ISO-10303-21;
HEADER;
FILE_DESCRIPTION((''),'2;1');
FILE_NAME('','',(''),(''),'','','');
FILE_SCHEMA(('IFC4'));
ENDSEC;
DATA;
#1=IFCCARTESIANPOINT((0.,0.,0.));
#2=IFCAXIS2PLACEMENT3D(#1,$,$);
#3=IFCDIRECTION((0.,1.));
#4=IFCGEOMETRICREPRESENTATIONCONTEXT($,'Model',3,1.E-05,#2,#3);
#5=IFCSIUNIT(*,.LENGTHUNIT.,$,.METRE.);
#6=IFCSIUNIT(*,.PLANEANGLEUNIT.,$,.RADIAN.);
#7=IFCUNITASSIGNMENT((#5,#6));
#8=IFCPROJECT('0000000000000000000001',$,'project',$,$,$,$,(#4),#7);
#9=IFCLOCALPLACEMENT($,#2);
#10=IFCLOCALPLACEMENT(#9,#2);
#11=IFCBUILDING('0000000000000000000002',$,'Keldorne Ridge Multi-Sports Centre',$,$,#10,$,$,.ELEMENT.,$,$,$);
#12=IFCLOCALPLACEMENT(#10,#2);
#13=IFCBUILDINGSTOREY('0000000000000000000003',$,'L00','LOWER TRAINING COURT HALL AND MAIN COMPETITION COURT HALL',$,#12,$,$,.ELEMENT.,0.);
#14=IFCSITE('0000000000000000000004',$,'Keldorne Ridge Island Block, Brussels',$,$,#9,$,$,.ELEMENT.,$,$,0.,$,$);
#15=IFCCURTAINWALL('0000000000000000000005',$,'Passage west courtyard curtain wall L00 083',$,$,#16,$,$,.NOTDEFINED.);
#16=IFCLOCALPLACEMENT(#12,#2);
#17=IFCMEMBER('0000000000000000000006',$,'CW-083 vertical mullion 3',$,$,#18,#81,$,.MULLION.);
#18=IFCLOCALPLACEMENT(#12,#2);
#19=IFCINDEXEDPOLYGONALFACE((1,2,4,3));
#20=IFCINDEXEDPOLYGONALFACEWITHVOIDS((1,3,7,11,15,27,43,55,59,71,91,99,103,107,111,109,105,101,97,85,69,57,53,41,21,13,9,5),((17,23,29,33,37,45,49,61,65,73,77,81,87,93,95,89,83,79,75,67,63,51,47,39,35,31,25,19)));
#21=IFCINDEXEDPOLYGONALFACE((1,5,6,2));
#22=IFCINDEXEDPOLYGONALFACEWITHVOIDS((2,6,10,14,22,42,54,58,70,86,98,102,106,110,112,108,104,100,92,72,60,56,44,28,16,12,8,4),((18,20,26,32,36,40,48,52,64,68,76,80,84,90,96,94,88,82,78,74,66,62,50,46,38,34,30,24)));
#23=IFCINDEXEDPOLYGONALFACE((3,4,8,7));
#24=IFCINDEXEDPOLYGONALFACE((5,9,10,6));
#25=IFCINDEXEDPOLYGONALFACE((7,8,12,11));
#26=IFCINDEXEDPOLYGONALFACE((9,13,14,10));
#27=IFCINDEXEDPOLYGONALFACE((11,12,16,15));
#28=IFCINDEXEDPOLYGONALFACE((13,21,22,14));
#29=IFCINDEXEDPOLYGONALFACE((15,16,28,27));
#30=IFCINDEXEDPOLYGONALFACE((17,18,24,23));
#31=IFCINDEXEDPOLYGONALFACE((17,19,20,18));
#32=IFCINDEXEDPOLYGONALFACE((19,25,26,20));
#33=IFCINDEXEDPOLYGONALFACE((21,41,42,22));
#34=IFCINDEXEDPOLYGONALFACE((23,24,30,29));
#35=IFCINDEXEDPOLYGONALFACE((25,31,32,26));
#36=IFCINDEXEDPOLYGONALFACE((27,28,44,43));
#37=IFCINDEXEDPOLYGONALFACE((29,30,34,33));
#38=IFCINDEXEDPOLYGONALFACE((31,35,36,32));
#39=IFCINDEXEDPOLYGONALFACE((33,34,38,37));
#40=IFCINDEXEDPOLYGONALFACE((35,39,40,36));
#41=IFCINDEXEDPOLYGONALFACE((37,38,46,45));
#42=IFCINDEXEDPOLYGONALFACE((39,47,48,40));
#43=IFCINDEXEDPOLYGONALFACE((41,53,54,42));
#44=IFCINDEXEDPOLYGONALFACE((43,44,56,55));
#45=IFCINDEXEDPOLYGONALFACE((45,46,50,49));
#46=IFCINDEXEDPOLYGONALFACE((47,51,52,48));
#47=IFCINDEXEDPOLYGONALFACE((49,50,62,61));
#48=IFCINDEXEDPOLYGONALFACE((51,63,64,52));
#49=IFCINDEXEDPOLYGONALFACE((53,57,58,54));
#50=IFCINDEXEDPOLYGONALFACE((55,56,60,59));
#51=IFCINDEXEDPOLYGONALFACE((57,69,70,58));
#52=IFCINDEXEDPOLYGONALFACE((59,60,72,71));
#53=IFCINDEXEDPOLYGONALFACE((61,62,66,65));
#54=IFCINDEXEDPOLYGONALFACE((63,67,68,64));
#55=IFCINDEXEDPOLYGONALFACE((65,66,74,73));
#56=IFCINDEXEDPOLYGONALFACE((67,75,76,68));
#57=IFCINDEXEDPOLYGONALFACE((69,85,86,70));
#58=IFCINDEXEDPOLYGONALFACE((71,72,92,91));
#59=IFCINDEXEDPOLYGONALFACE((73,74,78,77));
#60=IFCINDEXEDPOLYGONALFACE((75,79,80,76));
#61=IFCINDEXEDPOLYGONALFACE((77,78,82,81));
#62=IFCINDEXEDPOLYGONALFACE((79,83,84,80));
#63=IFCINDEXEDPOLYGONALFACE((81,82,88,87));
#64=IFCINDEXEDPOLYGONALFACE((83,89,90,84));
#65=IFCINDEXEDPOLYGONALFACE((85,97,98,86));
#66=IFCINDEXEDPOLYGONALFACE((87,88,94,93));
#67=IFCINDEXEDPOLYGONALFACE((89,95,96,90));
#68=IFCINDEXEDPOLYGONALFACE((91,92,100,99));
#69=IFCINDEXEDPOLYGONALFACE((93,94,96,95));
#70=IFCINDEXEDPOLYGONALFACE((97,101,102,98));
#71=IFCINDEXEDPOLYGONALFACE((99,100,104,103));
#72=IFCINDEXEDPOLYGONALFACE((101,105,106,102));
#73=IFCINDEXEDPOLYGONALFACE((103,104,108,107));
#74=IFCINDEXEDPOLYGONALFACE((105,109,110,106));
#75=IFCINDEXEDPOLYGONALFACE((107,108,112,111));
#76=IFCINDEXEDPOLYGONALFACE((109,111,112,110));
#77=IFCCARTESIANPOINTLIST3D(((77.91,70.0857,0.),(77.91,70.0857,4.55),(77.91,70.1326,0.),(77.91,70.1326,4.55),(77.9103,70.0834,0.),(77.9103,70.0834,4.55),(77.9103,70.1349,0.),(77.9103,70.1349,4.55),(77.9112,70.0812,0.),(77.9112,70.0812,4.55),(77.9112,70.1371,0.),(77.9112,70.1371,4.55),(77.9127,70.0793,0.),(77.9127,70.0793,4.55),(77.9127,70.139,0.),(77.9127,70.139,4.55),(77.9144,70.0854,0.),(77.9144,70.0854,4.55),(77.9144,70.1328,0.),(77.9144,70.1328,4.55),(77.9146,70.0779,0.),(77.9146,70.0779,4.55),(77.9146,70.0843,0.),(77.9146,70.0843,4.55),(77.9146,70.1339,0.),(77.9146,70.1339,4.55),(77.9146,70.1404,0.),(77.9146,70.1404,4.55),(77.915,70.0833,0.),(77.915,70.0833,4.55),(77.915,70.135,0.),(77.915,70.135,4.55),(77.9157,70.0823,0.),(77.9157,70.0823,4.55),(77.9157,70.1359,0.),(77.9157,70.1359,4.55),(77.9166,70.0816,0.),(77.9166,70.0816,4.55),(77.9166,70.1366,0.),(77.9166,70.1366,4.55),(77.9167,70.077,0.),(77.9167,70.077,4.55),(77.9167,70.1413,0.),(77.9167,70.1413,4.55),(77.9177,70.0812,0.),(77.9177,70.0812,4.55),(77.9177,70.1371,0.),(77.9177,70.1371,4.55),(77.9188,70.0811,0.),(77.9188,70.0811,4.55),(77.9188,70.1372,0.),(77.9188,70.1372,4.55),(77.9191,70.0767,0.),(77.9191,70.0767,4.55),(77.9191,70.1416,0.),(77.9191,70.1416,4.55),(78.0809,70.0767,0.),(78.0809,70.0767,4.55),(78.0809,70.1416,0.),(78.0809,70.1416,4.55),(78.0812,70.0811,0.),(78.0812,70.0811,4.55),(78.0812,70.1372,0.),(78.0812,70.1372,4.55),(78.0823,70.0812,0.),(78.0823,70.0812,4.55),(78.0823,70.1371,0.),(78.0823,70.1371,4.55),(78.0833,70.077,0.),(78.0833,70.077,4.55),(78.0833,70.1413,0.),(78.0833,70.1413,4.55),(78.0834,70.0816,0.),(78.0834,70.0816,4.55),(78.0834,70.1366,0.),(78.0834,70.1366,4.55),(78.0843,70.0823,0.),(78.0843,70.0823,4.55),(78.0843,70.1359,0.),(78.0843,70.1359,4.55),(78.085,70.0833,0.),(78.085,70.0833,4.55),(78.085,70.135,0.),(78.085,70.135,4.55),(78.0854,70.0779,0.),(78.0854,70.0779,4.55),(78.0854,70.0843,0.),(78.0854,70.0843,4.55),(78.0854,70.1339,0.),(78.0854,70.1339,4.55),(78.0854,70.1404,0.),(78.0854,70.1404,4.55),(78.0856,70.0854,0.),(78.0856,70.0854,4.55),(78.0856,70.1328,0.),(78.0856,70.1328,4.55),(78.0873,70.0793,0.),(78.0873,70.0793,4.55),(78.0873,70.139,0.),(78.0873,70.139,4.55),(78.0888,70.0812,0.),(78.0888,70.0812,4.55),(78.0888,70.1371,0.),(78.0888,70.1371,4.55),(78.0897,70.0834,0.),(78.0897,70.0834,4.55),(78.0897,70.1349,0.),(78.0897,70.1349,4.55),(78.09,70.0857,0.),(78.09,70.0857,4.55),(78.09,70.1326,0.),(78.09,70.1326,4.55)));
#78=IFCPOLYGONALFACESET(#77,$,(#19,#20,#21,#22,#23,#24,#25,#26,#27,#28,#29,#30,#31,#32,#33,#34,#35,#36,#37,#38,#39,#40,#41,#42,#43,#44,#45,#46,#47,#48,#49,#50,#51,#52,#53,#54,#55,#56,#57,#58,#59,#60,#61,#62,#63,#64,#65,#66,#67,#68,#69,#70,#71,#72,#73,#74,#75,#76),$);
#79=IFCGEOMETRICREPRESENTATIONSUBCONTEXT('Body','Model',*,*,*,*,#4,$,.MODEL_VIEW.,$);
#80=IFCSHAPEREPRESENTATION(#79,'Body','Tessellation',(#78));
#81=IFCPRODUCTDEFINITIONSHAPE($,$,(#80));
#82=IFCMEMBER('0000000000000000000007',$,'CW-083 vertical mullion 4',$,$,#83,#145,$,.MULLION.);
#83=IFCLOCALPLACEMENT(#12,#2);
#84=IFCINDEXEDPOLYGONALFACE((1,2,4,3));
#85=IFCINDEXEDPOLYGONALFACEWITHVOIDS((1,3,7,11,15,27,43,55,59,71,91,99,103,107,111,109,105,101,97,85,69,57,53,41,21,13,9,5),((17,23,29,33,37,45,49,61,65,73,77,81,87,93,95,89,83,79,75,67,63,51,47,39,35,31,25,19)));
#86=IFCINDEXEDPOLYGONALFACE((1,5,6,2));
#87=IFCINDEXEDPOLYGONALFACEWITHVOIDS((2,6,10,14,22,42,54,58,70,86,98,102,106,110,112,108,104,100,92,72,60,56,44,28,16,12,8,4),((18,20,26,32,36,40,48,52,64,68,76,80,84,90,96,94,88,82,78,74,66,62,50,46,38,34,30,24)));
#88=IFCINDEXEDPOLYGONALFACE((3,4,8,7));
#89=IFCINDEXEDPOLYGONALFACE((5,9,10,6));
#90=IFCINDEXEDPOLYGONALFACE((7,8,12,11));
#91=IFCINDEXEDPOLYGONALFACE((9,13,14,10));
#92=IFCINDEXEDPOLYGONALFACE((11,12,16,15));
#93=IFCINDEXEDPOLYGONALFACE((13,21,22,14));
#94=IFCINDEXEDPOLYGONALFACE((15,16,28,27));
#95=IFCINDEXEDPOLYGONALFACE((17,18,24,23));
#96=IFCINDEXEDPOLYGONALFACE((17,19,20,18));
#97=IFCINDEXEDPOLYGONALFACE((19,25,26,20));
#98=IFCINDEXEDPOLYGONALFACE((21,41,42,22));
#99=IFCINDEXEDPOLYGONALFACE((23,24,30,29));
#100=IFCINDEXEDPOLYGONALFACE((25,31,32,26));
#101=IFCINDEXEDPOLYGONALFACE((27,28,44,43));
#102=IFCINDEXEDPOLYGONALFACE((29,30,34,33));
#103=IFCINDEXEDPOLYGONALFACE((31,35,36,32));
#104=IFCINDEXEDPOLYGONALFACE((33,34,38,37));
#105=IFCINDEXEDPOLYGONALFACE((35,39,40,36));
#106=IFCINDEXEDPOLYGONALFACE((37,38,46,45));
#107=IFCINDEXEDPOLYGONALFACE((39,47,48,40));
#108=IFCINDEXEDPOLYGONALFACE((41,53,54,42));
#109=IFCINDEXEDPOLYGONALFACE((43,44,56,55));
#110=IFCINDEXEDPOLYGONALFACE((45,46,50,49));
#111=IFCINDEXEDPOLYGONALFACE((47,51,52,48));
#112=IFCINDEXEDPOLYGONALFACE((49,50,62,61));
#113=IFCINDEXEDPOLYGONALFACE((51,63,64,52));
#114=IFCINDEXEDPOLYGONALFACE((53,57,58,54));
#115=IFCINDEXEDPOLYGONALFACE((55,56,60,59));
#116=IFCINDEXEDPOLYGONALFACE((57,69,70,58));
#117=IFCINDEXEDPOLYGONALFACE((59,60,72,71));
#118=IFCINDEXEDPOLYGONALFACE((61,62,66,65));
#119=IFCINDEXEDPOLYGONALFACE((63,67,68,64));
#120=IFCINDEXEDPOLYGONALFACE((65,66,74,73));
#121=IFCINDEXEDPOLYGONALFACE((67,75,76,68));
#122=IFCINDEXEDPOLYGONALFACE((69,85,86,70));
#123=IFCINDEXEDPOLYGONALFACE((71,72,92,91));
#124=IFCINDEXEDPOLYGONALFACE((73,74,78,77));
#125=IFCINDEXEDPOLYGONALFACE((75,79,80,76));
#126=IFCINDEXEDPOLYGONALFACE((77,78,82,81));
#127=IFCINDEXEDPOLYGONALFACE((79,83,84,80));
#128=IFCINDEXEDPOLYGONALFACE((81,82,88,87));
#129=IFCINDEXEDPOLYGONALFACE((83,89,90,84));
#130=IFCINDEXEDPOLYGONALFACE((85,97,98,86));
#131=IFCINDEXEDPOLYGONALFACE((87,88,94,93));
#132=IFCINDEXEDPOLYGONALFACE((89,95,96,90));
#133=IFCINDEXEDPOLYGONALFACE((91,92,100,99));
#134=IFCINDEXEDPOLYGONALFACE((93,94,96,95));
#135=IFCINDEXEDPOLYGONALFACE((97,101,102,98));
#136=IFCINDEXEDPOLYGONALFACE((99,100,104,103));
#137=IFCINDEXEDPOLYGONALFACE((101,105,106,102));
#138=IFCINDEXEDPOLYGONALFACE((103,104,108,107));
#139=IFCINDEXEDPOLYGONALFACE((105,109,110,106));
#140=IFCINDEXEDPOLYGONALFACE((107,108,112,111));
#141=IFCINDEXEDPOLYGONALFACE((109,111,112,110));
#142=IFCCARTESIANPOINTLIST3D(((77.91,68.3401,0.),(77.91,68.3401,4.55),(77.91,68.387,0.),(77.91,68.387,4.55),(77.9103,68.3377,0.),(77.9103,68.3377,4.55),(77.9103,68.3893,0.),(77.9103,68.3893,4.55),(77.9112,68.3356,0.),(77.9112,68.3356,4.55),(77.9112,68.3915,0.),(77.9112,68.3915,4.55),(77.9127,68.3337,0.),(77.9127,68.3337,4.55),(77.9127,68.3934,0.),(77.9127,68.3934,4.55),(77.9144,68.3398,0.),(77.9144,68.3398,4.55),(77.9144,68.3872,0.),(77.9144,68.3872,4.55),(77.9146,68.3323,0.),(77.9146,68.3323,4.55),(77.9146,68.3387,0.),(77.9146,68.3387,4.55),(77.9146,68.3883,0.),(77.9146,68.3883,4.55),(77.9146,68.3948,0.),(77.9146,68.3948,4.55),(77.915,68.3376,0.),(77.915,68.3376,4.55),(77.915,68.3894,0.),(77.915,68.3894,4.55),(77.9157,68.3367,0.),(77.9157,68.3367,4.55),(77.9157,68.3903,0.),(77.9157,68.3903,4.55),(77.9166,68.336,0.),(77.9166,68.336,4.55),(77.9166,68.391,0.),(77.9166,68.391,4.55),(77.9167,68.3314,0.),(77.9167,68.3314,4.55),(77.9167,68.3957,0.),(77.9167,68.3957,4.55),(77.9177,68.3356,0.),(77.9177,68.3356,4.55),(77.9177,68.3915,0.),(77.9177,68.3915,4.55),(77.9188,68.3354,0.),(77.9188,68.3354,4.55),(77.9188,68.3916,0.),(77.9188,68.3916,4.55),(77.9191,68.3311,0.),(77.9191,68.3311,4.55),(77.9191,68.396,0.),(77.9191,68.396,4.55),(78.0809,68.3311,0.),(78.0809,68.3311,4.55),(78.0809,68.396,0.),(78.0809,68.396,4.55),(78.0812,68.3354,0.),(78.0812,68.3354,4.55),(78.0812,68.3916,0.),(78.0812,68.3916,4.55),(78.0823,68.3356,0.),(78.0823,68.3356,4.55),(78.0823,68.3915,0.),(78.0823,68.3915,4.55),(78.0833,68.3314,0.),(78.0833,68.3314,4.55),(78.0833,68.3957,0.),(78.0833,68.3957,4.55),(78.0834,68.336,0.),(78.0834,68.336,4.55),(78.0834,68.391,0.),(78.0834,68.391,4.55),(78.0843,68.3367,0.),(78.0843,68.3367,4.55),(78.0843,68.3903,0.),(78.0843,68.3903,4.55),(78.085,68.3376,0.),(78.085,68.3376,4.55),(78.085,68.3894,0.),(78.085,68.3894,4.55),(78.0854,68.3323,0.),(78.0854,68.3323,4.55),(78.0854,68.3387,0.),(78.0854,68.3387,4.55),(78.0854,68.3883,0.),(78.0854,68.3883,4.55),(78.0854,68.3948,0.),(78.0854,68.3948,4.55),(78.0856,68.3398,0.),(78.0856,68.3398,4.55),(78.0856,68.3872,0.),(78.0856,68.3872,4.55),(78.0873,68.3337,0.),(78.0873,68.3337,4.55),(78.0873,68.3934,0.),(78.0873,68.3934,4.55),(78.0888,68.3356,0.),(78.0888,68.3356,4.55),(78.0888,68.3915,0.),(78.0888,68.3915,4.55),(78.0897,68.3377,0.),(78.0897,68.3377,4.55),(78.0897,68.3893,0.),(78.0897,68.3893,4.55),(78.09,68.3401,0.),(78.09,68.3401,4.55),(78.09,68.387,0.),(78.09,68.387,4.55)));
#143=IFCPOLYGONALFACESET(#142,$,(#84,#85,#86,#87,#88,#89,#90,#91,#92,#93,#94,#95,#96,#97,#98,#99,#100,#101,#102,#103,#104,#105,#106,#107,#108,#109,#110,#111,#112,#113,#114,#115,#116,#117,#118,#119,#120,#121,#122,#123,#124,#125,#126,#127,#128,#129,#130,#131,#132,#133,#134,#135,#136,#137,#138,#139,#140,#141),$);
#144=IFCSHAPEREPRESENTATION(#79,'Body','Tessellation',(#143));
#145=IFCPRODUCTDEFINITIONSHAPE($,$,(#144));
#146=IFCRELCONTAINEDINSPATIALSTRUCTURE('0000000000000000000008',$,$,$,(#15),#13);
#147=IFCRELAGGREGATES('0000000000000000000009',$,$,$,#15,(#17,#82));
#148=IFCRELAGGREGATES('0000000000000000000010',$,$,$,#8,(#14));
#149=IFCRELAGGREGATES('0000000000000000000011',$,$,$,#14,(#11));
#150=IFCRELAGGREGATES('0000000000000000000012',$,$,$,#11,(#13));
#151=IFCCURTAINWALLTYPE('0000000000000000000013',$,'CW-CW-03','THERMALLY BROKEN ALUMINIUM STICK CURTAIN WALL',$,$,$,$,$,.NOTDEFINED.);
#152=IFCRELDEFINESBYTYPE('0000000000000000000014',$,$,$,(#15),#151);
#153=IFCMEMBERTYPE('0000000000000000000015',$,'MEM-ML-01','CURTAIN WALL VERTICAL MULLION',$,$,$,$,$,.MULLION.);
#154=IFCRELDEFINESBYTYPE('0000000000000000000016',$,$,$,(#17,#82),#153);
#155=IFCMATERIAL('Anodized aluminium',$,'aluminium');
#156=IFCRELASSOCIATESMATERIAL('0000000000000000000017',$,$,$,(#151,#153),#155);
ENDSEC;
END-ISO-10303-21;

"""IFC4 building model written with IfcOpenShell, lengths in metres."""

from ifc_helpers import new_model, si_unit, direction, frame, origin, origin_2d, place, context, subcontext, project, spatial, hollow_rectangle, extrude, material, material_profile, profile_set, type_object, element, aggregate, save


model = new_model("IFC4")

# Units and contexts
model_context = context("Model", 3, precision=1e-05, world=origin(), true_north=direction((0.0, 1.0)))
body_context = subcontext(model_context, "Body", "Model", "MODEL_VIEW")
ifc_project = project(units=[si_unit("LENGTHUNIT", "METRE"), si_unit("PLANEANGLEUNIT", "RADIAN")], contexts=[model_context])

# Site, building, storey
site_placement = place(None, origin())
site = spatial("IfcSite", under=ifc_project, at=site_placement, Name="Keldorne Ridge Island Block, Brussels", CompositionType="ELEMENT", RefElevation=0.0)
building_placement = place(site_placement, origin())
building = spatial("IfcBuilding", under=site, at=building_placement, Name="Keldorne Ridge Multi-Sports Centre", CompositionType="ELEMENT")
storey_placement = place(building_placement, origin())
storey = spatial("IfcBuildingStorey", under=building, at=storey_placement, Name="L00", Description="LOWER TRAINING COURT HALL AND MAIN COMPETITION COURT HALL", CompositionType="ELEMENT", Elevation=0.0)

# Curtain wall, members
ifc_material_1 = material(Name="Anodized aluminium", Category="aluminium")
curtain_wall_type = type_object("IfcCurtainWallType", Name="CW-CW-03", Description="THERMALLY BROKEN ALUMINIUM STICK CURTAIN WALL", PredefinedType="NOTDEFINED", material=ifc_material_1)
curtain_wall_placement = place(storey_placement, origin())
curtain_wall = element("IfcCurtainWall", 1, at=curtain_wall_placement, inside=storey, type_object=curtain_wall_type, Name="Passage west courtyard curtain wall L00 083", PredefinedType="NOTDEFINED")
ifc_material_profile_1 = material_profile(ifc_material_1, hollow_rectangle(XDim=0.0649, YDim=0.1799, WallThickness=0.0044, InnerFilletRadius=0.0044, OuterFilletRadius=0.009, at=origin_2d()), Name="ALU MULLION 180x65x4.5")
ifc_profile_set_1 = profile_set([ifc_material_profile_1], Name="Anodized aluminium")
member_type_1 = type_object("IfcMemberType", Name="MEM-ML-01", Description="CURTAIN WALL VERTICAL MULLION", PredefinedType="MULLION", material=ifc_profile_set_1)
member_1_placement = place(storey_placement, frame((78.0, 70.1091, 0.0), z_axis=(0.0, 0.0, 1.0), x_axis=(0.0, 1.0, 0.0)))
member_1 = element("IfcMember", 2, at=member_1_placement, type_object=member_type_1, Name="CW-083 vertical mullion 3", PredefinedType="MULLION", context=body_context, shape_type="SweptSolid", body=[
    extrude(hollow_rectangle(XDim=0.0649, YDim=0.1799, WallThickness=0.0044, InnerFilletRadius=0.0044, OuterFilletRadius=0.009, at=origin_2d()), origin(), (0.0, 0.0, 1.0), 4.55),
])
member_2_placement = place(storey_placement, frame((78.0, 68.3635, 0.0), z_axis=(0.0, 0.0, 1.0), x_axis=(0.0, 1.0, 0.0)))
member_2 = element("IfcMember", 3, at=member_2_placement, type_object=member_type_1, Name="CW-083 vertical mullion 4", PredefinedType="MULLION", context=body_context, shape_type="SweptSolid", body=[
    extrude(hollow_rectangle(XDim=0.0649, YDim=0.1799, WallThickness=0.0044, InnerFilletRadius=0.0044, OuterFilletRadius=0.009, at=origin_2d()), origin(), (0.0, 0.0, 1.0), 4.55),
])
aggregate(curtain_wall, [member_1, member_2])

save(model, "model.ifc")
